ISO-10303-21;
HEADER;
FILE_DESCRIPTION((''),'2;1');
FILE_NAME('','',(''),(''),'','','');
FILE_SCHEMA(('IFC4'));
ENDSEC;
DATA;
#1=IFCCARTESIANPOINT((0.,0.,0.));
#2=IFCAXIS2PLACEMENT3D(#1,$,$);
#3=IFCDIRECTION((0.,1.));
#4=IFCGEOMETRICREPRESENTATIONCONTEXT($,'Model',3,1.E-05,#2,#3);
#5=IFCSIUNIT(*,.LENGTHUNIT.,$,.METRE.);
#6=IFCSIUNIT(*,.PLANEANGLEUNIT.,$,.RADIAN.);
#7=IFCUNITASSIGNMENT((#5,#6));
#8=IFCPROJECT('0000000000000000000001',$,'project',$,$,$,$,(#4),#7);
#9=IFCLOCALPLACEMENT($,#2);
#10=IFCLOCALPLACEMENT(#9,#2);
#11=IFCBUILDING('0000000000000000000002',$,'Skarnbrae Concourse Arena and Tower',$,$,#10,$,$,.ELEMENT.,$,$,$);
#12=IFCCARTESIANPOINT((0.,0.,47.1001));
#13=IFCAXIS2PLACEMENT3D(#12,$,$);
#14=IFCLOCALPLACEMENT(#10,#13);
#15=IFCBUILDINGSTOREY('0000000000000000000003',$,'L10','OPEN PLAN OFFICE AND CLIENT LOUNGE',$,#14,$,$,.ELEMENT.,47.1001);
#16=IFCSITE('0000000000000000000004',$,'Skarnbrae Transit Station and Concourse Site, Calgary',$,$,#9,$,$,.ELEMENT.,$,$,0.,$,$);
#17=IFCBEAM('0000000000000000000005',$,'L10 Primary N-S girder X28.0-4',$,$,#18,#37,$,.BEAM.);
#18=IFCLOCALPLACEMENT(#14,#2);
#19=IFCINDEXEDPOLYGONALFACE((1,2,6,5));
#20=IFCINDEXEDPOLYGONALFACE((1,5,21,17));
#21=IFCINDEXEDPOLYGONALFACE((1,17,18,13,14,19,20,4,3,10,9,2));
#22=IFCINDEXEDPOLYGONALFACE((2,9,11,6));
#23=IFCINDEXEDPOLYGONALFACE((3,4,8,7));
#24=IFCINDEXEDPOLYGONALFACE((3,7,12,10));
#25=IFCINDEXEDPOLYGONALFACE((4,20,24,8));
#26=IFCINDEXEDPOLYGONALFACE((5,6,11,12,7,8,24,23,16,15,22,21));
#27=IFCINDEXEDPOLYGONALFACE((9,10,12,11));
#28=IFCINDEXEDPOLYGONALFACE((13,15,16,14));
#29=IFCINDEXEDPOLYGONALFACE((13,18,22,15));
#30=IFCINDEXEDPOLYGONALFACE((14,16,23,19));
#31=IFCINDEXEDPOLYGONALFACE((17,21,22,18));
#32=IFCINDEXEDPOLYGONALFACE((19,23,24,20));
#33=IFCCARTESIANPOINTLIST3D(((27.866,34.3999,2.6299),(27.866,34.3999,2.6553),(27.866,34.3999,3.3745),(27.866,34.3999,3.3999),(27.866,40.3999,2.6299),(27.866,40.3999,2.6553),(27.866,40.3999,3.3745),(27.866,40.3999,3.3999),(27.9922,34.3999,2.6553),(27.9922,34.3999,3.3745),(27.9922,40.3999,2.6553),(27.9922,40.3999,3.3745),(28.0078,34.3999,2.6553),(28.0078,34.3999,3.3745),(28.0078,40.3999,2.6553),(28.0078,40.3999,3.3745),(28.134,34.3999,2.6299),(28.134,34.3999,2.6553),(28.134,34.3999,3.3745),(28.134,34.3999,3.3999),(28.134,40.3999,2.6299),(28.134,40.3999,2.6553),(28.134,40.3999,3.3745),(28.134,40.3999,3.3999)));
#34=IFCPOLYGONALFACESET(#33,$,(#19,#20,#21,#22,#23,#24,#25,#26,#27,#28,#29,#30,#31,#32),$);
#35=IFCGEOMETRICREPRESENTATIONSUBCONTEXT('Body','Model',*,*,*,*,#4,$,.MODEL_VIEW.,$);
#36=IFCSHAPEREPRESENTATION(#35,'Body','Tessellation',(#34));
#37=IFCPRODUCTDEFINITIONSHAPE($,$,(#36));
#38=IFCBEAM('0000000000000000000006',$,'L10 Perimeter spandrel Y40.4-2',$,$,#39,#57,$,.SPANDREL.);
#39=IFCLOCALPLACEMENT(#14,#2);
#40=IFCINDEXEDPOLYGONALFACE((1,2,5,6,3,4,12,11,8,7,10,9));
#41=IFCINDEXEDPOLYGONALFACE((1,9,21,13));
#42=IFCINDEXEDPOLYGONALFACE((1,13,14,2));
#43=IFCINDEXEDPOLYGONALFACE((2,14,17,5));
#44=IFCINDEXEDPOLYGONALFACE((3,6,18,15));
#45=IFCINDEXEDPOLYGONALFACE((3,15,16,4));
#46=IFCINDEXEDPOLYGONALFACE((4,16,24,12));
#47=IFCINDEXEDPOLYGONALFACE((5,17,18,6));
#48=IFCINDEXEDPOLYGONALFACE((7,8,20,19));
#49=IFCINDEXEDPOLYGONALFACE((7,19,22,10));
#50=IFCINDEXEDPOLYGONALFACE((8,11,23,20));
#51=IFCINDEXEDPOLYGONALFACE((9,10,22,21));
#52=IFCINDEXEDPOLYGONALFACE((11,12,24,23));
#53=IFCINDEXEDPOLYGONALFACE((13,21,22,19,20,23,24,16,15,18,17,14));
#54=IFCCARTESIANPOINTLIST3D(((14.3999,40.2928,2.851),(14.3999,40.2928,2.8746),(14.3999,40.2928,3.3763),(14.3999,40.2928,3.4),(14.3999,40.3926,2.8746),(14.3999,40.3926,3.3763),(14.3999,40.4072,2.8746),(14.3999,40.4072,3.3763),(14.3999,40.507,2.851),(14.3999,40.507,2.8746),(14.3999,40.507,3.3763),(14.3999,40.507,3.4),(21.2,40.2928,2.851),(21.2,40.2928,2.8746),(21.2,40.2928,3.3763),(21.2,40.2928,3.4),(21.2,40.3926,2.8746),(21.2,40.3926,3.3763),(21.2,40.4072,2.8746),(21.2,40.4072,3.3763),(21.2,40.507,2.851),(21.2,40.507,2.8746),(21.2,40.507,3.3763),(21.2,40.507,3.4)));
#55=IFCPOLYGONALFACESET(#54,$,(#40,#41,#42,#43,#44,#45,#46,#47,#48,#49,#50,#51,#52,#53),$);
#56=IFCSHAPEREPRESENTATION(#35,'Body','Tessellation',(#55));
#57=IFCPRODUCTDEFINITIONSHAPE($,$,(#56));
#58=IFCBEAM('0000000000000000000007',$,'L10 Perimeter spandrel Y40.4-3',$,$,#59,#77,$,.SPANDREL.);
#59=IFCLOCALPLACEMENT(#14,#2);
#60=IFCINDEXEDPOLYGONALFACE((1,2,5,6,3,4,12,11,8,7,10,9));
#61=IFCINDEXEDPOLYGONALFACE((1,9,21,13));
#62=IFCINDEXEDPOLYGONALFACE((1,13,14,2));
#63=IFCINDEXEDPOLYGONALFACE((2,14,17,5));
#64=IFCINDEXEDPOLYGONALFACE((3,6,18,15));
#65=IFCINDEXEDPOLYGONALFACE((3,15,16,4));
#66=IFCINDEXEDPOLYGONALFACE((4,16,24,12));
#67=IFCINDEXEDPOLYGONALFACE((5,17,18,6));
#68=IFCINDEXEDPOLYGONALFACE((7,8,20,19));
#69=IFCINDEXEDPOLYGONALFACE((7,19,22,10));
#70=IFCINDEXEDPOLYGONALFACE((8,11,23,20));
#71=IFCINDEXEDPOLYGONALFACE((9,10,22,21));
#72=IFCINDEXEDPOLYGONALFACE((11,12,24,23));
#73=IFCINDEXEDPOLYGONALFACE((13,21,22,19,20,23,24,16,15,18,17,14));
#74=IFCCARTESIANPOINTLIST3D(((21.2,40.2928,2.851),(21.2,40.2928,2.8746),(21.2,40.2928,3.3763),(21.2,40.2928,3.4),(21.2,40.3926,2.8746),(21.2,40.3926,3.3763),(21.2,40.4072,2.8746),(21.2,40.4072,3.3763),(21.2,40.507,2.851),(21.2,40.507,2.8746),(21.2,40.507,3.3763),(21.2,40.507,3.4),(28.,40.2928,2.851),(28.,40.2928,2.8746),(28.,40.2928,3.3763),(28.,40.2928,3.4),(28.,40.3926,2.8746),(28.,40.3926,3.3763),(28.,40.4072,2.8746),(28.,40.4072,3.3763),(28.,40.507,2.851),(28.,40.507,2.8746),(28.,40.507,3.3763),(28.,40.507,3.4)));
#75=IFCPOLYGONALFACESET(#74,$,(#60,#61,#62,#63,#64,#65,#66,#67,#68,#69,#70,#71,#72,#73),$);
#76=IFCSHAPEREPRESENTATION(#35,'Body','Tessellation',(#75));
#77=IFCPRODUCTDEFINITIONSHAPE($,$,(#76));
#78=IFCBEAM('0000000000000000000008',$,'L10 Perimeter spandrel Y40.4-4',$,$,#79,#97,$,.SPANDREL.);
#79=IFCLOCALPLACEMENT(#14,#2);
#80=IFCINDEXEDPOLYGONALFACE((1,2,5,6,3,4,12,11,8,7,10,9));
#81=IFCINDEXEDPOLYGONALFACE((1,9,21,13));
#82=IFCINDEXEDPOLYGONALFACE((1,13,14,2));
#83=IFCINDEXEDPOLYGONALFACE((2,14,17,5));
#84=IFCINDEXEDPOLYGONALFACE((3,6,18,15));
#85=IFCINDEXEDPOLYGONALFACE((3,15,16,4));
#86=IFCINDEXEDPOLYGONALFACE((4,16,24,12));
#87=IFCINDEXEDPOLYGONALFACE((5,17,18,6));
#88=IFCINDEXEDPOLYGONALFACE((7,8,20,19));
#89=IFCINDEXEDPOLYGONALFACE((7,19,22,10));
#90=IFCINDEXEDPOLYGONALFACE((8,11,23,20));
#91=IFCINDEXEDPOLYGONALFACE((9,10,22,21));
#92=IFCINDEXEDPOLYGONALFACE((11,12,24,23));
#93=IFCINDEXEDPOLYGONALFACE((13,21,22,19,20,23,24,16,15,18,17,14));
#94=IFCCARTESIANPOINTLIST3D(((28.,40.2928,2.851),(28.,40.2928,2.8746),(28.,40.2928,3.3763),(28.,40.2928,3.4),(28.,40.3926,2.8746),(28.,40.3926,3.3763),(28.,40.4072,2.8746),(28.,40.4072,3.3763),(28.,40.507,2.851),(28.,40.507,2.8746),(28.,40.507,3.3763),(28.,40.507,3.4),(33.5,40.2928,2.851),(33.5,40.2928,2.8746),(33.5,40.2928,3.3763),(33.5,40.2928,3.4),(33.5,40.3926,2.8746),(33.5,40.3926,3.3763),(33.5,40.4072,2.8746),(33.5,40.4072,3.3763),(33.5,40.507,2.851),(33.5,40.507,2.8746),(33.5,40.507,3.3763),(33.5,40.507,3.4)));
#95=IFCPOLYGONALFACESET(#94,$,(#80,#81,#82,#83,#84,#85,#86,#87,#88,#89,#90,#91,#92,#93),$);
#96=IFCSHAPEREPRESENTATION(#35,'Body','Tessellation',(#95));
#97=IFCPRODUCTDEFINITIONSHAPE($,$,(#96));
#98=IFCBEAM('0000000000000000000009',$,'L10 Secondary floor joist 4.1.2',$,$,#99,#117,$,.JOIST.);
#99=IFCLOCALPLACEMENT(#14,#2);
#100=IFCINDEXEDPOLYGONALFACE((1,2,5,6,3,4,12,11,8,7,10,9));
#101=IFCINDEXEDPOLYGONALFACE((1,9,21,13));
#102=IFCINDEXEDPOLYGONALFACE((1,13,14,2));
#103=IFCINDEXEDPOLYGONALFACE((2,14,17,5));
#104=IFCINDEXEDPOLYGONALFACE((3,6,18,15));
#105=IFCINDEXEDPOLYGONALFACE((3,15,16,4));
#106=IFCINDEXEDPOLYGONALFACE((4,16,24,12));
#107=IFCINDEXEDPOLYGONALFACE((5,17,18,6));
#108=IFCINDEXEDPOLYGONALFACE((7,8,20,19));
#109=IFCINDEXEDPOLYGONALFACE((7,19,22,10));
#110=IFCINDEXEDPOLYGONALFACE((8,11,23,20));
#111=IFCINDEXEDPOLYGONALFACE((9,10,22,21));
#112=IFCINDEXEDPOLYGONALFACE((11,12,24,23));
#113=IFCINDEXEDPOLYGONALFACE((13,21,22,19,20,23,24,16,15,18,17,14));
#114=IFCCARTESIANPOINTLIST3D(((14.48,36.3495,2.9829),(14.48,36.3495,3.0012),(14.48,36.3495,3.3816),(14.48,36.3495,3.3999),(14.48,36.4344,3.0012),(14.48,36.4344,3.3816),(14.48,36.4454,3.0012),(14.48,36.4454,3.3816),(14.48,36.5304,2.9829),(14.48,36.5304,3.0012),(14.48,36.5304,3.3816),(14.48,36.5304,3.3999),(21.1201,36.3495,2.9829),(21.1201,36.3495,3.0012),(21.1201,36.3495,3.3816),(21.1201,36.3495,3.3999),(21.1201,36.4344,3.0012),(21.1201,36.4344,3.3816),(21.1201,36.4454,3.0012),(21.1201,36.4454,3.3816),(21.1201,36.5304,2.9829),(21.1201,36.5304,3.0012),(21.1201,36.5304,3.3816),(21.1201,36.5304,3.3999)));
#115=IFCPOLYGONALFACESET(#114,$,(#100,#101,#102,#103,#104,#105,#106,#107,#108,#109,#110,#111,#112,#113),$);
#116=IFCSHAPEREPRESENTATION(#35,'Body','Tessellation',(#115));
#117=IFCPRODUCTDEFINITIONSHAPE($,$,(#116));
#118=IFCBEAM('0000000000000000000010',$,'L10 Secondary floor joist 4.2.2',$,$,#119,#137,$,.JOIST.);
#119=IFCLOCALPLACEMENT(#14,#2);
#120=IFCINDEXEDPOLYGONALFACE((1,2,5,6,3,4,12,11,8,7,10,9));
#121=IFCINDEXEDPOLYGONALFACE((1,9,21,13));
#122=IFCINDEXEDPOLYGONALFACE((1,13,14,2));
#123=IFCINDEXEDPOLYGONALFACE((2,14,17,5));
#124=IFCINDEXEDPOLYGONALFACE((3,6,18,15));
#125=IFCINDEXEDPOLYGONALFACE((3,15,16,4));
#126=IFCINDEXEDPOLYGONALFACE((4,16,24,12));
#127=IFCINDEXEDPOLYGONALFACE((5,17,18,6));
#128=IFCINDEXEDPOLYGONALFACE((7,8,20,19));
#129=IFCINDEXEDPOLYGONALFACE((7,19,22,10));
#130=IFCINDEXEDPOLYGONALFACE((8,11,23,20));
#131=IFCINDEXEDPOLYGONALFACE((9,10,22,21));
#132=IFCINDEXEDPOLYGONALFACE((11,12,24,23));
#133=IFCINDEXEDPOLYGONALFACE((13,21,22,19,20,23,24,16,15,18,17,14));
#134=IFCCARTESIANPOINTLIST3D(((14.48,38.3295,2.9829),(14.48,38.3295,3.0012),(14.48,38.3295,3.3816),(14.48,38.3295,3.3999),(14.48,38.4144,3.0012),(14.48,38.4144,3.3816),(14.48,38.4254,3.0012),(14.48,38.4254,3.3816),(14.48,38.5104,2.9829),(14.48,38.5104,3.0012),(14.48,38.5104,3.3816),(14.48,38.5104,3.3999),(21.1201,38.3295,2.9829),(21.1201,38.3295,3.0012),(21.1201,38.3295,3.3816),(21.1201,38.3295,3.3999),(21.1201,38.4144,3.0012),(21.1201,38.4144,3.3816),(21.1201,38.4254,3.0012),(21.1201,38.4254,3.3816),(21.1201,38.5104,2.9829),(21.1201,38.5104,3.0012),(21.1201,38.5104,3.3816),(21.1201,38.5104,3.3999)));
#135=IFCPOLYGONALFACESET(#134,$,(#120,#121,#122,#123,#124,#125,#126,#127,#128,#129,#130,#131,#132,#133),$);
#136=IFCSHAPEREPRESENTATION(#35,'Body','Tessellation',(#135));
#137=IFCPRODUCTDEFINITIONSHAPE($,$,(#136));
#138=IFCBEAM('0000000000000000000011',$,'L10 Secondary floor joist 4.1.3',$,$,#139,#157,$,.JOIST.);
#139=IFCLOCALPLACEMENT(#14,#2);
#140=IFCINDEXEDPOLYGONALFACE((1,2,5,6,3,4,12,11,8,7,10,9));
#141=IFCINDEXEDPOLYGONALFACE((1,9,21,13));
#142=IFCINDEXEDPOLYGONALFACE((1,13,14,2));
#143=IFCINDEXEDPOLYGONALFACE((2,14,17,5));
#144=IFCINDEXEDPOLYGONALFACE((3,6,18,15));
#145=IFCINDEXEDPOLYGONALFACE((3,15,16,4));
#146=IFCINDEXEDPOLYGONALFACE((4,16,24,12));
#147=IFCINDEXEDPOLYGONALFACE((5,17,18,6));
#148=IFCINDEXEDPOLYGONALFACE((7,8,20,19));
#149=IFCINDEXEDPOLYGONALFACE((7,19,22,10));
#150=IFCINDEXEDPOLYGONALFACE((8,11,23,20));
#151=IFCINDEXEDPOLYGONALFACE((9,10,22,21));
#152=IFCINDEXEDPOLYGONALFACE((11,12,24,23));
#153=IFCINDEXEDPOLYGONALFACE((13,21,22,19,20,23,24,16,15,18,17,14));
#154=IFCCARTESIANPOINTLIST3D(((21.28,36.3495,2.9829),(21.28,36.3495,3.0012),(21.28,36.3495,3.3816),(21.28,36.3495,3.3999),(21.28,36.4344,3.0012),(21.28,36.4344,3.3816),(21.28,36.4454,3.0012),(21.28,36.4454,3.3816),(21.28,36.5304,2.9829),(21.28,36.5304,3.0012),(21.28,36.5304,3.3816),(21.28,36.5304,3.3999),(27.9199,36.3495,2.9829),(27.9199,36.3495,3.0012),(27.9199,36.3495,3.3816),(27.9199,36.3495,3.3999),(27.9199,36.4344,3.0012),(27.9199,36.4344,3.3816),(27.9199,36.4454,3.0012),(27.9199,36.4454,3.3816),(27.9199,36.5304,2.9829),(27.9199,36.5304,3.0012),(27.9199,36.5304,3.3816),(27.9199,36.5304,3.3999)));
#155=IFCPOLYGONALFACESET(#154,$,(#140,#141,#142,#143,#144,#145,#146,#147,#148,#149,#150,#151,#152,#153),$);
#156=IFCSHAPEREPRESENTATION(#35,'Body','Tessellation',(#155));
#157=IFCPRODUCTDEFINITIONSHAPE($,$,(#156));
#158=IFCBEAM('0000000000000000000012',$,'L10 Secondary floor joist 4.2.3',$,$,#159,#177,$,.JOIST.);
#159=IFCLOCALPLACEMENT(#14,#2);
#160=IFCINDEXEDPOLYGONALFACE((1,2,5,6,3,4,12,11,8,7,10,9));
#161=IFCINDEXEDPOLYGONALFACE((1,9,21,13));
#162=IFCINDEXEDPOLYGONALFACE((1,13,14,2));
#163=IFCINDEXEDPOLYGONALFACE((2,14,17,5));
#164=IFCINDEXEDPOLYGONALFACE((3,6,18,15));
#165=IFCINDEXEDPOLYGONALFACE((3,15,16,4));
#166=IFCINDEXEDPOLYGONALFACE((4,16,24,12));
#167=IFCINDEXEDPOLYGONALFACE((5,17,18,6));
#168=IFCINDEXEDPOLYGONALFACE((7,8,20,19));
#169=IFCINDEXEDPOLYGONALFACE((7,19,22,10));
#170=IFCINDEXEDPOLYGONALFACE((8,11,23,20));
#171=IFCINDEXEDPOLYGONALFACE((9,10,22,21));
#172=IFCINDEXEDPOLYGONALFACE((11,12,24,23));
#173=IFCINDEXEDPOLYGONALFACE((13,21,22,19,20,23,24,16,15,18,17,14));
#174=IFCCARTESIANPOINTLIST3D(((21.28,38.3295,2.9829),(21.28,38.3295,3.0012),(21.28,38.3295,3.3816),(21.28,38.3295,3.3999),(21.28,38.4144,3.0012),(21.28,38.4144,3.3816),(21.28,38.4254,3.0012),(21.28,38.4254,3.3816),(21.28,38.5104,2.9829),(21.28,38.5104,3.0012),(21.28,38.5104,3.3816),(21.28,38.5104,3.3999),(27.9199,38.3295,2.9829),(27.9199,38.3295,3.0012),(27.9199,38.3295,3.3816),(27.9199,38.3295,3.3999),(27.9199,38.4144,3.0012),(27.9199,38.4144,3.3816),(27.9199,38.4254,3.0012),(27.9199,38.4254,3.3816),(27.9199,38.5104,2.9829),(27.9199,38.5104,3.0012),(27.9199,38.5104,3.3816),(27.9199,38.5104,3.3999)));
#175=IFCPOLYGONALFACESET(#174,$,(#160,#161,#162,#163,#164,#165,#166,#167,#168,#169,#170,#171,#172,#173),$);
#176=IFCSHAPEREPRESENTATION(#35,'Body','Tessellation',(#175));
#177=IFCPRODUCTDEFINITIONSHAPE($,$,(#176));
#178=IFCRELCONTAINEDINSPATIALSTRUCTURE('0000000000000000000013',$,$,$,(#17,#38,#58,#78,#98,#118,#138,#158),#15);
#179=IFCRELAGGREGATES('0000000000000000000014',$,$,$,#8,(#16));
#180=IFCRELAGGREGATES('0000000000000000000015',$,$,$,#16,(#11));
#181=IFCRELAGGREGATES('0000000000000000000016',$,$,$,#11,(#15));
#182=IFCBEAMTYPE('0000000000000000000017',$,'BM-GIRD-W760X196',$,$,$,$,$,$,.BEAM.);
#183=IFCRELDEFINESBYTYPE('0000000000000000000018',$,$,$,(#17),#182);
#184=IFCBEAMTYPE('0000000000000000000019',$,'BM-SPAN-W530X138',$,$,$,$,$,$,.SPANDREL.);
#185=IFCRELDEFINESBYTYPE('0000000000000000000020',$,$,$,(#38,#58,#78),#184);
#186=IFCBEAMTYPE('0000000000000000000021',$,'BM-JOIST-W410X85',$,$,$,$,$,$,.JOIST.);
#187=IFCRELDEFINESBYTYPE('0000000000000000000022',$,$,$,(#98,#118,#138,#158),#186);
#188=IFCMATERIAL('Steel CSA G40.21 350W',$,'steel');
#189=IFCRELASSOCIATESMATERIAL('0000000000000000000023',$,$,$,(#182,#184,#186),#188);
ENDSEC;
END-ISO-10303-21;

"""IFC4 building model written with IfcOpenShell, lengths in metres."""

from ifc_helpers import new_model, si_unit, direction, frame, origin, origin_2d, place, context, subcontext, project, spatial, i_section, extrude, source, transform, mapped, material, material_profile, profile_set, type_object, element, save


model = new_model("IFC4")

# Units and contexts
model_context = context("Model", 3, precision=1e-05, world=origin(), true_north=direction((0.0, 1.0)))
body_context = subcontext(model_context, "Body", "Model", "MODEL_VIEW")
ifc_project = project(units=[si_unit("LENGTHUNIT", "METRE"), si_unit("PLANEANGLEUNIT", "RADIAN")], contexts=[model_context])

# Site, building, storey
site_placement = place(None, origin())
site = spatial("IfcSite", under=ifc_project, at=site_placement, Name="Skarnbrae Transit Station and Concourse Site, Calgary", CompositionType="ELEMENT", RefElevation=0.0)
building_placement = place(site_placement, origin())
building = spatial("IfcBuilding", under=site, at=building_placement, Name="Skarnbrae Concourse Arena and Tower", CompositionType="ELEMENT")
storey_placement = place(building_placement, frame((0.0, 0.0, 47.1001)))
storey = spatial("IfcBuildingStorey", under=building, at=storey_placement, Name="L10", Description="OPEN PLAN OFFICE AND CLIENT LOUNGE", CompositionType="ELEMENT", Elevation=47.1001)

# Shared definitions
ifc_material_1 = material(Name="Steel CSA G40.21 350W", Category="steel")

# Beams
ifc_material_profile_1 = material_profile(ifc_material_1, i_section(OverallWidth=0.2681, OverallDepth=0.77, WebThickness=0.0156, FlangeThickness=0.0254, at=origin_2d()), Name="W760X196")
ifc_profile_set_1 = profile_set([ifc_material_profile_1], Name="Steel CSA G40.21 350W")
beam_type_1 = type_object("IfcBeamType", Name="BM-GIRD-W760X196", PredefinedType="BEAM", material=ifc_profile_set_1)
shared_shape_1 = source(origin(), body_context, "Body", "SweptSolid", [
    extrude(i_section(OverallWidth=0.2681, OverallDepth=0.77, WebThickness=0.0156, FlangeThickness=0.0254, at=origin_2d()), origin(), (0.0, 0.0, 1.0), 6.0),
])
for number, where, z_axis, x_axis, name in (
    (1, (28.0, 34.3999, 3.0149), (0.0, 1.0, 0.0), (-1.0, 0.0, 0.0), "L10 Primary N-S girder X28.0-4"),
):
    element("IfcBeam", number, at=place(storey_placement, frame(where, z_axis=z_axis, x_axis=x_axis)), inside=storey, type_object=beam_type_1, Name=name, PredefinedType="BEAM", context=body_context, shape_type="MappedRepresentation", body=[
        mapped(shared_shape_1, transform((0.0, 0.0, 0.0))),
    ])
ifc_material_profile_2 = material_profile(ifc_material_1, i_section(OverallWidth=0.2141, OverallDepth=0.5491, WebThickness=0.0146, FlangeThickness=0.0237, at=origin_2d()), Name="W530X138")
ifc_profile_set_2 = profile_set([ifc_material_profile_2], Name="Steel CSA G40.21 350W")
beam_type_2 = type_object("IfcBeamType", Name="BM-SPAN-W530X138", PredefinedType="SPANDREL", material=ifc_profile_set_2)
shared_shape_2 = source(origin(), body_context, "Body", "SweptSolid", [
    extrude(i_section(OverallWidth=0.2141, OverallDepth=0.5491, WebThickness=0.0146, FlangeThickness=0.0237, at=origin_2d()), origin(), (0.0, 0.0, 1.0), 6.8),
])
for number, where, z_axis, x_axis, name in (
    (2, (14.3999, 40.3999, 3.1255), (1.0, 0.0, 0.0), (0.0, 1.0, 0.0), "L10 Perimeter spandrel Y40.4-2"),
    (3, (21.2, 40.3999, 3.1255), (1.0, 0.0, 0.0), (0.0, 1.0, 0.0), "L10 Perimeter spandrel Y40.4-3"),
):
    element("IfcBeam", number, at=place(storey_placement, frame(where, z_axis=z_axis, x_axis=x_axis)), inside=storey, type_object=beam_type_2, Name=name, PredefinedType="SPANDREL", context=body_context, shape_type="MappedRepresentation", body=[
        mapped(shared_shape_2, transform((0.0, 0.0, 0.0))),
    ])
shared_shape_3 = source(origin(), body_context, "Body", "SweptSolid", [
    extrude(i_section(OverallWidth=0.2141, OverallDepth=0.5491, WebThickness=0.0146, FlangeThickness=0.0237, at=origin_2d()), origin(), (0.0, 0.0, 1.0), 5.5),
])
beam_1_placement = place(storey_placement, frame((28.0, 40.3999, 3.1255), z_axis=(1.0, 0.0, 0.0), x_axis=(0.0, 1.0, 0.0)))
element("IfcBeam", 4, at=beam_1_placement, inside=storey, type_object=beam_type_2, Name="L10 Perimeter spandrel Y40.4-4", PredefinedType="SPANDREL", context=body_context, shape_type="MappedRepresentation", body=[
    mapped(shared_shape_3, transform((0.0, 0.0, 0.0))),
])
ifc_material_profile_3 = material_profile(ifc_material_1, i_section(OverallWidth=0.1809, OverallDepth=0.417, WebThickness=0.011, FlangeThickness=0.0183, at=origin_2d()), Name="W410X85")
ifc_profile_set_3 = profile_set([ifc_material_profile_3], Name="Steel CSA G40.21 350W")
beam_type_3 = type_object("IfcBeamType", Name="BM-JOIST-W410X85", PredefinedType="JOIST", material=ifc_profile_set_3)
shared_shape_4 = source(origin(), body_context, "Body", "SweptSolid", [
    extrude(i_section(OverallWidth=0.1809, OverallDepth=0.417, WebThickness=0.011, FlangeThickness=0.0183, at=origin_2d()), origin(), (0.0, 0.0, 1.0), 6.6401),
])
for number, where, z_axis, x_axis, name in (
    (5, (14.48, 36.4399, 3.1914), (1.0, 0.0, 0.0), (0.0, 1.0, 0.0), "L10 Secondary floor joist 4.1.2"),
    (6, (14.48, 38.4199, 3.1914), (1.0, 0.0, 0.0), (0.0, 1.0, 0.0), "L10 Secondary floor joist 4.2.2"),
):
    element("IfcBeam", number, at=place(storey_placement, frame(where, z_axis=z_axis, x_axis=x_axis)), inside=storey, type_object=beam_type_3, Name=name, PredefinedType="JOIST", context=body_context, shape_type="MappedRepresentation", body=[
        mapped(shared_shape_4, transform((0.0, 0.0, 0.0))),
    ])
shared_shape_5 = source(origin(), body_context, "Body", "SweptSolid", [
    extrude(i_section(OverallWidth=0.1809, OverallDepth=0.417, WebThickness=0.011, FlangeThickness=0.0183, at=origin_2d()), origin(), (0.0, 0.0, 1.0), 6.6399),
])
for number, where, z_axis, x_axis, name in (
    (7, (21.28, 36.4399, 3.1914), (1.0, 0.0, 0.0), (0.0, 1.0, 0.0), "L10 Secondary floor joist 4.1.3"),
    (8, (21.28, 38.4199, 3.1914), (1.0, 0.0, 0.0), (0.0, 1.0, 0.0), "L10 Secondary floor joist 4.2.3"),
):
    element("IfcBeam", number, at=place(storey_placement, frame(where, z_axis=z_axis, x_axis=x_axis)), inside=storey, type_object=beam_type_3, Name=name, PredefinedType="JOIST", context=body_context, shape_type="MappedRepresentation", body=[
        mapped(shared_shape_5, transform((0.0, 0.0, 0.0))),
    ])

save(model, "model.ifc")
